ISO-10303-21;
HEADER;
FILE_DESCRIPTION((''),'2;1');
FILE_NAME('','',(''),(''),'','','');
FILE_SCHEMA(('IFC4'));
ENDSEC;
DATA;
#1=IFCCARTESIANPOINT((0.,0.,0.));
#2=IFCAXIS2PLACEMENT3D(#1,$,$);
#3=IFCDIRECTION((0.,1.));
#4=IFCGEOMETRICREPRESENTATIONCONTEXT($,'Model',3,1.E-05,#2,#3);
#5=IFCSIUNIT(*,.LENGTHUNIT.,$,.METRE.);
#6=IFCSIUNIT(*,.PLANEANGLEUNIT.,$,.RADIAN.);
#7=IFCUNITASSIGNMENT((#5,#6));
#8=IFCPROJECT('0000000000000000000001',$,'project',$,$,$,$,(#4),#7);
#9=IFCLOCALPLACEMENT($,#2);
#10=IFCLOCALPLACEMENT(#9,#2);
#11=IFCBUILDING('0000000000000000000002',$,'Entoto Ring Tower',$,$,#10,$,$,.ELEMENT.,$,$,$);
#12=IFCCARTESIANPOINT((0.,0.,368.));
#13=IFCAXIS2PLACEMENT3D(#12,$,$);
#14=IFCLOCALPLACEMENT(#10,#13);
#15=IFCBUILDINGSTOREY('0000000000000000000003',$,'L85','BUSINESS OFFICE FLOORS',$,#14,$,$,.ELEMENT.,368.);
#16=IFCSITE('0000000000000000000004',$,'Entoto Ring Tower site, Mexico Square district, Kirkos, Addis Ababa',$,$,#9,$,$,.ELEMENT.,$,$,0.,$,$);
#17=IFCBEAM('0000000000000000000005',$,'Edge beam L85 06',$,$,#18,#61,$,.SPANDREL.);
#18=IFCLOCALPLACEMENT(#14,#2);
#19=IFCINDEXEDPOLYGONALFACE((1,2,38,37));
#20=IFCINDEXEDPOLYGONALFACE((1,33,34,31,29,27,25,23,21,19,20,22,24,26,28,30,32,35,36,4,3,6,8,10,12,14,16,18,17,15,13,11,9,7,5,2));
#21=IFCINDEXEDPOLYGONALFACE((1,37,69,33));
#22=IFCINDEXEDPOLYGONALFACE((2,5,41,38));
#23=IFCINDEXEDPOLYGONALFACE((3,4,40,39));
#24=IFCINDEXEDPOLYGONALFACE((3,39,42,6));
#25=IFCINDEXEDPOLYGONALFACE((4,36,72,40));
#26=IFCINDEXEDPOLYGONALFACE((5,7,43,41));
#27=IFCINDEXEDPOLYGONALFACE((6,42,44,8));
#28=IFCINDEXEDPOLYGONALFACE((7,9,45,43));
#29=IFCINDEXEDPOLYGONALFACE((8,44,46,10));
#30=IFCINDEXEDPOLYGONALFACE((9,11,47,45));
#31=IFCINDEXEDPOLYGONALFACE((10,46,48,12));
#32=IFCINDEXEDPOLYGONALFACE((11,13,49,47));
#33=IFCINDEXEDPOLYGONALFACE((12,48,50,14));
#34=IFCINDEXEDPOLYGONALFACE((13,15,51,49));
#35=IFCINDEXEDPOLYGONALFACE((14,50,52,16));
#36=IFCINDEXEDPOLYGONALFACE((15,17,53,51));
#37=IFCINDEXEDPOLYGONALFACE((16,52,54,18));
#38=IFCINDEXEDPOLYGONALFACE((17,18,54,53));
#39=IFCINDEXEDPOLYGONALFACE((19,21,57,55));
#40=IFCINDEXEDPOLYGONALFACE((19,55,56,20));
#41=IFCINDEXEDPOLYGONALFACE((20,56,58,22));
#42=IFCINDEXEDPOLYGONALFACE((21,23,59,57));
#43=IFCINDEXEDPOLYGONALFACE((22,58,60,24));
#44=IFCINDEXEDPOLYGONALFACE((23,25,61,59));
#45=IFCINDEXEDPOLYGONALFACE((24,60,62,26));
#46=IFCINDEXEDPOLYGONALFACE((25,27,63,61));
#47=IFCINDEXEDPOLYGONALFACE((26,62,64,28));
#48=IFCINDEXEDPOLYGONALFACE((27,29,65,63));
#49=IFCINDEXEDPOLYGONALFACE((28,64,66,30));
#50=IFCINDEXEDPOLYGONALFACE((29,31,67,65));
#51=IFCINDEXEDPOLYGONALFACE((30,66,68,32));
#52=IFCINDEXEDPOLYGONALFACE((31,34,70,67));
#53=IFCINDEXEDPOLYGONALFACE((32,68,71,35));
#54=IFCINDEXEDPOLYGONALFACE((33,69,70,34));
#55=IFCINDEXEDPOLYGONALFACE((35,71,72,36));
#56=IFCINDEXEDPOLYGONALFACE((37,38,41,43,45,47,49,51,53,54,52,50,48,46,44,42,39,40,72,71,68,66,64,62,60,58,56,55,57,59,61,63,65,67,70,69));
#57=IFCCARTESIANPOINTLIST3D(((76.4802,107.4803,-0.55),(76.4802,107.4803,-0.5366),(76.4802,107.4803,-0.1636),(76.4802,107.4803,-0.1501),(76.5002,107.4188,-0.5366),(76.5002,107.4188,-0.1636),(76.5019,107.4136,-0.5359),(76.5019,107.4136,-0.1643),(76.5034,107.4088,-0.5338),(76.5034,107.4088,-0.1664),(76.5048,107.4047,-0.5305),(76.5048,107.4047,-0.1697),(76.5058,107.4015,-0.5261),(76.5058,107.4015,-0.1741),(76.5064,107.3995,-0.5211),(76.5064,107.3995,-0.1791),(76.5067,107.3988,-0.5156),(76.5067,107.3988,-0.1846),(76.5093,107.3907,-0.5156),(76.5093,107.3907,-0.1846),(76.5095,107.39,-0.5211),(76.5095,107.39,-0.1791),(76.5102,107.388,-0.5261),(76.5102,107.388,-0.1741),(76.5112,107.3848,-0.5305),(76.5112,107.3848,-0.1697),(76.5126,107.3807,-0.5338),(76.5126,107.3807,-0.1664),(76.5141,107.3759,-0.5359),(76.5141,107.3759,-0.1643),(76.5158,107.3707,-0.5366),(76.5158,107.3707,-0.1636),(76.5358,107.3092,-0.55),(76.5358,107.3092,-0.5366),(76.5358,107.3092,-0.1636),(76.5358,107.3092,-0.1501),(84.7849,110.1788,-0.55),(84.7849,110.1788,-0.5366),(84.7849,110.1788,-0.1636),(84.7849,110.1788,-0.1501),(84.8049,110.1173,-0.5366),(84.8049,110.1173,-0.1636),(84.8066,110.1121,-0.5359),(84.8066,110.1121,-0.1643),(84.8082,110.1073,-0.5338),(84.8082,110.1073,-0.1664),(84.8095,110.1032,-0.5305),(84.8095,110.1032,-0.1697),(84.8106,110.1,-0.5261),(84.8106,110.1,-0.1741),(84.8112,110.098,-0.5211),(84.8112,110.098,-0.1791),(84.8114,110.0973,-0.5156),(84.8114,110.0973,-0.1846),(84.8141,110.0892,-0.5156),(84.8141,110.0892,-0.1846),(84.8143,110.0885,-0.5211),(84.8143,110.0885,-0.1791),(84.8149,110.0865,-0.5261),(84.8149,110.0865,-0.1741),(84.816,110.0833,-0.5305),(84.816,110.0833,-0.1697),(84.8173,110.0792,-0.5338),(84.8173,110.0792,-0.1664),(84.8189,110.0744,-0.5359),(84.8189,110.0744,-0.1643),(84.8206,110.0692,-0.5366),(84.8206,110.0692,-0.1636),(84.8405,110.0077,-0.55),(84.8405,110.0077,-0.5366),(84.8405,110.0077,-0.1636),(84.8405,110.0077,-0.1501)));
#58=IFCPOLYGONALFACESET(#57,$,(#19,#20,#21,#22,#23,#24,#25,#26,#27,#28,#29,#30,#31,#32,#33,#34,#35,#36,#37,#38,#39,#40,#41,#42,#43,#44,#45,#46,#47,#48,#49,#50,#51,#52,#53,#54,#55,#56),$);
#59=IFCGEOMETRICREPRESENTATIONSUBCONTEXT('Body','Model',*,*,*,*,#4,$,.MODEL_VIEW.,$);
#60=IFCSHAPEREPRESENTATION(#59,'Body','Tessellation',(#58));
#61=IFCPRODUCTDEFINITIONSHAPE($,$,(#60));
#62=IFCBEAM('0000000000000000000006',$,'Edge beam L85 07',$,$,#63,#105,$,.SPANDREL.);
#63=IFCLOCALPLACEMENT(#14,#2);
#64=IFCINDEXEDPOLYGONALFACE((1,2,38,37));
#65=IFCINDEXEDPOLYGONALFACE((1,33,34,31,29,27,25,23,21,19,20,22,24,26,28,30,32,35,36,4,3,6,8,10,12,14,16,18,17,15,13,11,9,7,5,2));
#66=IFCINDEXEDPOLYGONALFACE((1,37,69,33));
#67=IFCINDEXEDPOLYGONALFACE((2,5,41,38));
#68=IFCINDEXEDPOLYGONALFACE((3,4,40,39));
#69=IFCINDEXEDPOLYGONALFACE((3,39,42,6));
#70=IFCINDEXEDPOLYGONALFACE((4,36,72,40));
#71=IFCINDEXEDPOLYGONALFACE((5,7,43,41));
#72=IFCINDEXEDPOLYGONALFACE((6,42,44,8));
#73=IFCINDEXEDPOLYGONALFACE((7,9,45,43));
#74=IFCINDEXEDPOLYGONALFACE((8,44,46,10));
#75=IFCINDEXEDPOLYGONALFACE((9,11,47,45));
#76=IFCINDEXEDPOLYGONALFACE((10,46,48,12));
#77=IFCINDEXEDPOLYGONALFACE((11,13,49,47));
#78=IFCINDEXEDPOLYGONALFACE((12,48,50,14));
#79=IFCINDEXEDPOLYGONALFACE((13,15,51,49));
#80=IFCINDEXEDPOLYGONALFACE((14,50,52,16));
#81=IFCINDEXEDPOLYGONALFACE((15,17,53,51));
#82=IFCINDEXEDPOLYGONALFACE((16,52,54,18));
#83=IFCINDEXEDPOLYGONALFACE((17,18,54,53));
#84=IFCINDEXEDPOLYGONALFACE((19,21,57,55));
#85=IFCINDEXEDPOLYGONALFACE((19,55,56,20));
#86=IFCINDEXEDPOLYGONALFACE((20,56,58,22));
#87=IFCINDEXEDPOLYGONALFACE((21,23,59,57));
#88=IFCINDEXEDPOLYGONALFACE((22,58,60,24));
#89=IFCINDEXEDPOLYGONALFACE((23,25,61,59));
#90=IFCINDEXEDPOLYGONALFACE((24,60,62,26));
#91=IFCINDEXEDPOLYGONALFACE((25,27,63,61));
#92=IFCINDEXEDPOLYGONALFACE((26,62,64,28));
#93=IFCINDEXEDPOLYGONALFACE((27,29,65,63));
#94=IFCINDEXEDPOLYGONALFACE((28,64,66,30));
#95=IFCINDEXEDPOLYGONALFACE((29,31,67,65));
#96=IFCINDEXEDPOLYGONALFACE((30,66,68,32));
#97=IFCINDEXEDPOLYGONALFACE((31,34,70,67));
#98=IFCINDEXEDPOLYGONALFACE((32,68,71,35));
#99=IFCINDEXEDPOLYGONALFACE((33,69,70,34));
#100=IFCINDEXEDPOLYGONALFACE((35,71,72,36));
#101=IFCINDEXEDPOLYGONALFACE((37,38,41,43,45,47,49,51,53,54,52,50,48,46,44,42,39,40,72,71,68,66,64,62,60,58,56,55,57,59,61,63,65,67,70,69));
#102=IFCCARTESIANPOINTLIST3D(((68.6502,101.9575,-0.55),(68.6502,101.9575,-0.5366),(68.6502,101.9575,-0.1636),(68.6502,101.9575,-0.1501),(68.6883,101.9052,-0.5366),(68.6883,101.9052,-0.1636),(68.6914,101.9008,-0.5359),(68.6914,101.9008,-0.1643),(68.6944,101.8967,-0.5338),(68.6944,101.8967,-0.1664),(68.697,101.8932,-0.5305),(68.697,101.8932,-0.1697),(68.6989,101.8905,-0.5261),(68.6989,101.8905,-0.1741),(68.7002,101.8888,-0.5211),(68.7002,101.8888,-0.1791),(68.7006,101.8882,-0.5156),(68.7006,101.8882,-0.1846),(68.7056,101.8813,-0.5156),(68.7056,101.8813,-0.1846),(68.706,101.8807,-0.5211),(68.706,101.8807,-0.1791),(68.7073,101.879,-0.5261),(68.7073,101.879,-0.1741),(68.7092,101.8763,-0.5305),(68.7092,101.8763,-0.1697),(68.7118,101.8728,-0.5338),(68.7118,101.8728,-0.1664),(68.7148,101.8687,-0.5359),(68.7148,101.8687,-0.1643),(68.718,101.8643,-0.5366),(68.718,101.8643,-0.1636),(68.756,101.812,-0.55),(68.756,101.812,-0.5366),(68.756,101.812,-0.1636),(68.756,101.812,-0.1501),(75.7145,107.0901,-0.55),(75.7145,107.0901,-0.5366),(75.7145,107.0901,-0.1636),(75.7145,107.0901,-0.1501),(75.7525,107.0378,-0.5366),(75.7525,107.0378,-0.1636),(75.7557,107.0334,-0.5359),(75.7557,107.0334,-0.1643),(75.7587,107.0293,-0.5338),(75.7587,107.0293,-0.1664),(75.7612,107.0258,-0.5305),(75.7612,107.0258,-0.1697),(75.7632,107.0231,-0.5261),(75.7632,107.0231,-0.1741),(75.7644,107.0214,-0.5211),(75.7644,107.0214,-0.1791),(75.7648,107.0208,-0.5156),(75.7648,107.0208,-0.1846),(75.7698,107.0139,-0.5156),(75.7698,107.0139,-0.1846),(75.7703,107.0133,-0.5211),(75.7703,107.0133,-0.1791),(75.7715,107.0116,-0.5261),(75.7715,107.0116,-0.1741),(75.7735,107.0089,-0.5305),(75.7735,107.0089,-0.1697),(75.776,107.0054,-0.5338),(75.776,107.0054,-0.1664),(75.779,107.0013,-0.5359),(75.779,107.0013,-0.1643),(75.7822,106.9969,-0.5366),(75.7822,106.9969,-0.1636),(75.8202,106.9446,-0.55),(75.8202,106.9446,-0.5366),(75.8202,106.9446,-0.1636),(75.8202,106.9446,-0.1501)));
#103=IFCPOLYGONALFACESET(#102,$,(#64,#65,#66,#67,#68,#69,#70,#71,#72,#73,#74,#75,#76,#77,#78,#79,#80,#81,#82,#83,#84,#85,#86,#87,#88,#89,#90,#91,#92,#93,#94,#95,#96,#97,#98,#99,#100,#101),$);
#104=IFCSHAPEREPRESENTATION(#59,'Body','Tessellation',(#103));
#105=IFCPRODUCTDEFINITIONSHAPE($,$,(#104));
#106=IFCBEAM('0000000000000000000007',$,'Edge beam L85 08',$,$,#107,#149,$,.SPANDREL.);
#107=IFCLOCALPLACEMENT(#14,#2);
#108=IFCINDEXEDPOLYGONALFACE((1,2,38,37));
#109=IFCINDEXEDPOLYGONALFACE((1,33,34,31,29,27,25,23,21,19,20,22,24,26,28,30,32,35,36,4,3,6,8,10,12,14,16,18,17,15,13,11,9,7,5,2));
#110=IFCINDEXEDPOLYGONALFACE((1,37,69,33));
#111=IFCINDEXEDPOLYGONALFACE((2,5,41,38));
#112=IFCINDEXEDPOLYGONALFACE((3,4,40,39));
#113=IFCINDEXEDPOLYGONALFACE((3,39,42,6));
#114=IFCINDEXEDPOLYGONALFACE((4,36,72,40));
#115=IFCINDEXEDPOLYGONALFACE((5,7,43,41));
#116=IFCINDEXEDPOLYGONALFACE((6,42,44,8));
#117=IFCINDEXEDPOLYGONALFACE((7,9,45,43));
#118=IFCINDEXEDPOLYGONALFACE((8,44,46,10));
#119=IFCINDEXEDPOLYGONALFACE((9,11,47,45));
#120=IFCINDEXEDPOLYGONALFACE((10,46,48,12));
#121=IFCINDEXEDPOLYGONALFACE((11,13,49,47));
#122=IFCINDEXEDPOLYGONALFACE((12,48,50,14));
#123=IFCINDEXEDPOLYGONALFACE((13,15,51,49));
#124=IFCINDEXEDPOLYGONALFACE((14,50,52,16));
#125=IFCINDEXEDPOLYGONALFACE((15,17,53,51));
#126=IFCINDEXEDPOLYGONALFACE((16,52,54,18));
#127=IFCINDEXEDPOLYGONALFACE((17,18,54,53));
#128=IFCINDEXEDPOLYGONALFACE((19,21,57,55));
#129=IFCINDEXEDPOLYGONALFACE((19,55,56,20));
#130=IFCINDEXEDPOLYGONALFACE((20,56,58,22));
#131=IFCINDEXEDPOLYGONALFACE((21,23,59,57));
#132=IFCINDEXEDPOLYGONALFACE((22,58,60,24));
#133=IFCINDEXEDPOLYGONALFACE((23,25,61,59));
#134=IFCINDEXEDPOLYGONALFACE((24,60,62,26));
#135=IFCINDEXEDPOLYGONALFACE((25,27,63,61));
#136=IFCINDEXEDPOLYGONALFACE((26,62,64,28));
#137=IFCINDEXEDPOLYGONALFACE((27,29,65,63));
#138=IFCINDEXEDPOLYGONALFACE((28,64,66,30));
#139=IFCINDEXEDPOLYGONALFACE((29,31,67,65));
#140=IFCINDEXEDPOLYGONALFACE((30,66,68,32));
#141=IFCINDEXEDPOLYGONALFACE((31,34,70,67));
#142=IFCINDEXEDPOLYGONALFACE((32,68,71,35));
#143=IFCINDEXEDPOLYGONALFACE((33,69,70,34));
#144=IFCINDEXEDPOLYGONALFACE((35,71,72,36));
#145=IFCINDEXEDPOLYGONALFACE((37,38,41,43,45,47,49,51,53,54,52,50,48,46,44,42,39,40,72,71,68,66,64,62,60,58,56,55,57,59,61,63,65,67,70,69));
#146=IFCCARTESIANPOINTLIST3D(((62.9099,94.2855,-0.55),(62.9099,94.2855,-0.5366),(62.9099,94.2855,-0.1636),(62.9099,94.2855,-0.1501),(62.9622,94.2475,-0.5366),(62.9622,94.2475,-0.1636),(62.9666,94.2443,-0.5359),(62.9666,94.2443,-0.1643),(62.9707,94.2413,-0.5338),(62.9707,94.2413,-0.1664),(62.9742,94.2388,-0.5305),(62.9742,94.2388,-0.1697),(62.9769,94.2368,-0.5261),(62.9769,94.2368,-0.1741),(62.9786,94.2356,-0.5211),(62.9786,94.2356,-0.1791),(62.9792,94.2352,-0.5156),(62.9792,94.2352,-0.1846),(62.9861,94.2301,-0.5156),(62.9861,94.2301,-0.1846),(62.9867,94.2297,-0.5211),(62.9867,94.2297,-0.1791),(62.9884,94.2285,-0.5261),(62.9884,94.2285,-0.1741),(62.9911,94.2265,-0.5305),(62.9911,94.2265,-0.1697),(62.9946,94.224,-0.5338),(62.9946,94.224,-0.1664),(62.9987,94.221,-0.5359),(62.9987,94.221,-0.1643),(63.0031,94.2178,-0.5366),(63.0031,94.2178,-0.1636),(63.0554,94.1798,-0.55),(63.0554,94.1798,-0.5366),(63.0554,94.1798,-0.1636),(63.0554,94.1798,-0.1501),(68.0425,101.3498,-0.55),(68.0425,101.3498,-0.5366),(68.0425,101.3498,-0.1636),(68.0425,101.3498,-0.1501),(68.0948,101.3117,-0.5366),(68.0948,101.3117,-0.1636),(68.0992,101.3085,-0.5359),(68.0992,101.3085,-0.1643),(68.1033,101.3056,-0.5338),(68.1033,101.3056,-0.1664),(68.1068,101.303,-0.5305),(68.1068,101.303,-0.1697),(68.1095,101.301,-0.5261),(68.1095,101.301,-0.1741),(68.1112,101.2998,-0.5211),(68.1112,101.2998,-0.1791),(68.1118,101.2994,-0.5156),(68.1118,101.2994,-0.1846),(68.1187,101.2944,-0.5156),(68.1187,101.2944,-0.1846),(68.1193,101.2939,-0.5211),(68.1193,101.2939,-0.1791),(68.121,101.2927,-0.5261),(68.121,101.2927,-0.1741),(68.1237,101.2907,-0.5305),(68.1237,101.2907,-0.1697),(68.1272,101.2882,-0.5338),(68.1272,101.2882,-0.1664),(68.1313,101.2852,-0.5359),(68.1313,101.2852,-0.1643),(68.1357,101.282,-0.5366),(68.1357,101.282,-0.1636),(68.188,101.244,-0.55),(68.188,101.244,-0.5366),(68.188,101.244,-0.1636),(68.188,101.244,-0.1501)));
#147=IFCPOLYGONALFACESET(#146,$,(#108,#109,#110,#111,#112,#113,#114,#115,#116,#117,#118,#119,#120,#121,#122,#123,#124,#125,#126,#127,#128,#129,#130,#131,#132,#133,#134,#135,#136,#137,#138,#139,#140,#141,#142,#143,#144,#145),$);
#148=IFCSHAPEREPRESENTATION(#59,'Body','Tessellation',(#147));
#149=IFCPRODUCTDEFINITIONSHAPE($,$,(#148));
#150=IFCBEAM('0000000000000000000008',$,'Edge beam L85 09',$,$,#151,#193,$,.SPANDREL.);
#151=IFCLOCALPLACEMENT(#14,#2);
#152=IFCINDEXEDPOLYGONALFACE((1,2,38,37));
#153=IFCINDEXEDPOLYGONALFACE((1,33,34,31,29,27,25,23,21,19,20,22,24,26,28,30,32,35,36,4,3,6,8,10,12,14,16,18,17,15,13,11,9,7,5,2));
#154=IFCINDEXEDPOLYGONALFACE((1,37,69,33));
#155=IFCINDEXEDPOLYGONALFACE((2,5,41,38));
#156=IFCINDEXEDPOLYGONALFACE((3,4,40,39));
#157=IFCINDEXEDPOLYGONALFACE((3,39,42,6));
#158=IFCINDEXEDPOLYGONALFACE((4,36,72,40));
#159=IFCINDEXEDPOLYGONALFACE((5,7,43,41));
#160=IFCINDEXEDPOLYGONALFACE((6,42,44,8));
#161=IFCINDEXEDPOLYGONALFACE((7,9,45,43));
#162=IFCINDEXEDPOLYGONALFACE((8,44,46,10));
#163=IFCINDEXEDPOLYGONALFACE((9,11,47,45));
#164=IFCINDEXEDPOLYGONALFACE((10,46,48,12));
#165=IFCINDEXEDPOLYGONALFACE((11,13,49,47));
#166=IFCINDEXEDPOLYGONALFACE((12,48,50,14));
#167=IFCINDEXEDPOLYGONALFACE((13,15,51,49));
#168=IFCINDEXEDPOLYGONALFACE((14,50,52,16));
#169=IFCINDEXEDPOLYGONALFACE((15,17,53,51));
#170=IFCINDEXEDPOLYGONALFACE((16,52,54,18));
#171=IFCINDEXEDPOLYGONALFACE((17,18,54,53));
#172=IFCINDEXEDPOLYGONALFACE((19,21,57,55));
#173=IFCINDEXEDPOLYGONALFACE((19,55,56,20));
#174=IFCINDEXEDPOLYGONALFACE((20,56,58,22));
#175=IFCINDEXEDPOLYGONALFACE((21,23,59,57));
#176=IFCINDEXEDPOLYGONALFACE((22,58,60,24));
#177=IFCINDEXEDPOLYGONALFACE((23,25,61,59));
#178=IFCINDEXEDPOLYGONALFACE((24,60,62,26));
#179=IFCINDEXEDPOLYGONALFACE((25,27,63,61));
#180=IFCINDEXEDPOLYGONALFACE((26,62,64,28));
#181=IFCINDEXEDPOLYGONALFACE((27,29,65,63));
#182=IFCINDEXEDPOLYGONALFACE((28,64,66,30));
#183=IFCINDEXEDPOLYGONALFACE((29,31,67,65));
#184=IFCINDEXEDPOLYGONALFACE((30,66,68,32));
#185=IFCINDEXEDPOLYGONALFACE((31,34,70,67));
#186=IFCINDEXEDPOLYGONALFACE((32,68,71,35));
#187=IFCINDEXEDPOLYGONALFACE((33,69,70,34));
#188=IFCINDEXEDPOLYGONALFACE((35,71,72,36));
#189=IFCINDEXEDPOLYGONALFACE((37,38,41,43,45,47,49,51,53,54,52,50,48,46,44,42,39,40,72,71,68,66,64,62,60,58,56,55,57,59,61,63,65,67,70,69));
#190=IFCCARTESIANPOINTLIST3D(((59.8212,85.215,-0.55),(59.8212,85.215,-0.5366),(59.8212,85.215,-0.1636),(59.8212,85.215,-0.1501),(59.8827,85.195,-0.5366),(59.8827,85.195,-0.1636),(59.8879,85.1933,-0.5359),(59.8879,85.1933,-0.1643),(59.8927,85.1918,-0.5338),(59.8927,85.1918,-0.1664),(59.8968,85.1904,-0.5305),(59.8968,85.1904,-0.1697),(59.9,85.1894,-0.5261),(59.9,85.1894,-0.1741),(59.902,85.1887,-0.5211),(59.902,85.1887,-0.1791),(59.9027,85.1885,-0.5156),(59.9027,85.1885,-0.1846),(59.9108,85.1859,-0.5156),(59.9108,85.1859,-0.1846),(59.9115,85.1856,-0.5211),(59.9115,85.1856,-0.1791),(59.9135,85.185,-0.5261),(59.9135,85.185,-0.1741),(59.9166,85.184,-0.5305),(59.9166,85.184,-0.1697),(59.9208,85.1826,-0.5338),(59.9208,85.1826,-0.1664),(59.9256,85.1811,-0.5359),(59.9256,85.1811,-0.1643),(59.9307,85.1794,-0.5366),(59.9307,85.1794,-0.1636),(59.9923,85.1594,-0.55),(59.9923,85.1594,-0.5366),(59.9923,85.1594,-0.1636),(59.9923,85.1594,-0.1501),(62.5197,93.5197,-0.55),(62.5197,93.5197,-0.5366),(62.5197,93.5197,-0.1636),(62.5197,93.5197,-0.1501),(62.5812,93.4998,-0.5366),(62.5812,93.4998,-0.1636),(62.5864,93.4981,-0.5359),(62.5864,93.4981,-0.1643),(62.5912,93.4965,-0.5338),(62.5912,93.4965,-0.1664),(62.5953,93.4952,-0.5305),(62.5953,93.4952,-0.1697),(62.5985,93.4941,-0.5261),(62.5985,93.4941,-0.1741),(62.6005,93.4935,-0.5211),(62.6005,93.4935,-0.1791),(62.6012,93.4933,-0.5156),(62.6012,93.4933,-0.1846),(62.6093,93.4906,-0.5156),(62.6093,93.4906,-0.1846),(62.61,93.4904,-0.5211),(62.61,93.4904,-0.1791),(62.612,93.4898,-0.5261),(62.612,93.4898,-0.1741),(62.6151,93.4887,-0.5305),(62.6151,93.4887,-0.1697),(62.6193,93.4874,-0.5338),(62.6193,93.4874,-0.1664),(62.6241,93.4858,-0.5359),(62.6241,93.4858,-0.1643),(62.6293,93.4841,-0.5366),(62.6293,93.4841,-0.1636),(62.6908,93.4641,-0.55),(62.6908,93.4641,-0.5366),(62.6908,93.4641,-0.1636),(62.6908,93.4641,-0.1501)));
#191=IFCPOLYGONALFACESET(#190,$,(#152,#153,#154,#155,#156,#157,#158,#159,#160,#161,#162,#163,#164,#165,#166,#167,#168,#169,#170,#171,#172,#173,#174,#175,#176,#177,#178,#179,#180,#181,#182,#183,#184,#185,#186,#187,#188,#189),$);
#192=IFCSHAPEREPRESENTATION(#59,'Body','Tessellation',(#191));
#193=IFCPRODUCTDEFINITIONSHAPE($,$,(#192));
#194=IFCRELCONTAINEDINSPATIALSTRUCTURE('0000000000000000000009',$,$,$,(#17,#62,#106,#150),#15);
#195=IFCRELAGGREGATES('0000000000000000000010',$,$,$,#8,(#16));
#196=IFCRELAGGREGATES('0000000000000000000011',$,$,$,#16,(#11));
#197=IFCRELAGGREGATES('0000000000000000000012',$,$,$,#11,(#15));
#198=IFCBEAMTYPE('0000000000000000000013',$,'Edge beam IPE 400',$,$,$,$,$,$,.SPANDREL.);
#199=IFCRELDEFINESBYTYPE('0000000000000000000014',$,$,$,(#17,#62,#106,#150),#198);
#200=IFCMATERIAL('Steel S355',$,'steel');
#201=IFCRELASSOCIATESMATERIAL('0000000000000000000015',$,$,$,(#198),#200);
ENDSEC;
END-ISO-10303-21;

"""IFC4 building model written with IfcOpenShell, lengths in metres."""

from ifc_helpers import new_model, si_unit, direction, frame, origin, origin_2d, place, context, subcontext, project, spatial, i_section, extrude, material, material_profile, profile_set, type_object, element, save


model = new_model("IFC4")

# Units and contexts
model_context = context("Model", 3, precision=1e-05, world=origin(), true_north=direction((0.0, 1.0)))
body_context = subcontext(model_context, "Body", "Model", "MODEL_VIEW")
ifc_project = project(units=[si_unit("LENGTHUNIT", "METRE"), si_unit("PLANEANGLEUNIT", "RADIAN")], contexts=[model_context])

# Site, building, storey
site_placement = place(None, origin())
site = spatial("IfcSite", under=ifc_project, at=site_placement, Name="Entoto Ring Tower site, Mexico Square district, Kirkos, Addis Ababa", CompositionType="ELEMENT", RefElevation=0.0)
building_placement = place(site_placement, origin())
building = spatial("IfcBuilding", under=site, at=building_placement, Name="Entoto Ring Tower", CompositionType="ELEMENT")
storey_placement = place(building_placement, frame((0.0, 0.0, 368.0)))
storey = spatial("IfcBuildingStorey", under=building, at=storey_placement, Name="L85", Description="BUSINESS OFFICE FLOORS", CompositionType="ELEMENT", Elevation=368.0)

# Beams
ifc_material_1 = material(Name="Steel S355", Category="steel")
ifc_material_profile_1 = material_profile(ifc_material_1, i_section(OverallWidth=0.1799, OverallDepth=0.3999, WebThickness=0.0085, FlangeThickness=0.0134, FilletRadius=0.021, at=origin_2d()), Name="IPE 400")
ifc_profile_set_1 = profile_set([ifc_material_profile_1], Name="Steel S355")
beam_type_1 = type_object("IfcBeamType", Name="Edge beam IPE 400", PredefinedType="SPANDREL", material=ifc_profile_set_1)
beam_1_placement = place(storey_placement, frame((84.8127, 110.0933, -0.3501), z_axis=(-0.951052, -0.30903, 0.0), x_axis=(0.30903, -0.951052, 0.0)))
element("IfcBeam", 1, at=beam_1_placement, inside=storey, type_object=beam_type_1, Name="Edge beam L85 06", PredefinedType="SPANDREL", context=body_context, shape_type="SweptSolid", body=[
    extrude(i_section(OverallWidth=0.1799, OverallDepth=0.3999, WebThickness=0.0085, FlangeThickness=0.0134, FilletRadius=0.021, at=origin_2d()), origin(), (0.0, 0.0, 1.0), 8.7322),
])
for number, where, z_axis, x_axis, name in (
    (2, (75.7673, 107.0173, -0.3501), (-0.80901, -0.587794, 0.0), (0.587794, -0.80901, 0.0), "Edge beam L85 07"),
    (3, (68.1152, 101.2969, -0.3501), (-0.587794, -0.80901, 0.0), (0.80901, -0.587794, 0.0), "Edge beam L85 08"),
):
    element("IfcBeam", number, at=place(storey_placement, frame(where, z_axis=z_axis, x_axis=x_axis)), inside=storey, type_object=beam_type_1, Name=name, PredefinedType="SPANDREL", context=body_context, shape_type="SweptSolid", body=[
        extrude(i_section(OverallWidth=0.1799, OverallDepth=0.3999, WebThickness=0.0085, FlangeThickness=0.0134, FilletRadius=0.021, at=origin_2d()), origin(), (0.0, 0.0, 1.0), 8.7319),
    ])
beam_2_placement = place(storey_placement, frame((62.6052, 93.4919, -0.3501), z_axis=(-0.30903, -0.951052, 0.0), x_axis=(0.951052, -0.30903, 0.0)))
element("IfcBeam", 4, at=beam_2_placement, inside=storey, type_object=beam_type_1, Name="Edge beam L85 09", PredefinedType="SPANDREL", context=body_context, shape_type="SweptSolid", body=[
    extrude(i_section(OverallWidth=0.1799, OverallDepth=0.3999, WebThickness=0.0085, FlangeThickness=0.0134, FilletRadius=0.021, at=origin_2d()), origin(), (0.0, 0.0, 1.0), 8.7322),
])

save(model, "model.ifc")
